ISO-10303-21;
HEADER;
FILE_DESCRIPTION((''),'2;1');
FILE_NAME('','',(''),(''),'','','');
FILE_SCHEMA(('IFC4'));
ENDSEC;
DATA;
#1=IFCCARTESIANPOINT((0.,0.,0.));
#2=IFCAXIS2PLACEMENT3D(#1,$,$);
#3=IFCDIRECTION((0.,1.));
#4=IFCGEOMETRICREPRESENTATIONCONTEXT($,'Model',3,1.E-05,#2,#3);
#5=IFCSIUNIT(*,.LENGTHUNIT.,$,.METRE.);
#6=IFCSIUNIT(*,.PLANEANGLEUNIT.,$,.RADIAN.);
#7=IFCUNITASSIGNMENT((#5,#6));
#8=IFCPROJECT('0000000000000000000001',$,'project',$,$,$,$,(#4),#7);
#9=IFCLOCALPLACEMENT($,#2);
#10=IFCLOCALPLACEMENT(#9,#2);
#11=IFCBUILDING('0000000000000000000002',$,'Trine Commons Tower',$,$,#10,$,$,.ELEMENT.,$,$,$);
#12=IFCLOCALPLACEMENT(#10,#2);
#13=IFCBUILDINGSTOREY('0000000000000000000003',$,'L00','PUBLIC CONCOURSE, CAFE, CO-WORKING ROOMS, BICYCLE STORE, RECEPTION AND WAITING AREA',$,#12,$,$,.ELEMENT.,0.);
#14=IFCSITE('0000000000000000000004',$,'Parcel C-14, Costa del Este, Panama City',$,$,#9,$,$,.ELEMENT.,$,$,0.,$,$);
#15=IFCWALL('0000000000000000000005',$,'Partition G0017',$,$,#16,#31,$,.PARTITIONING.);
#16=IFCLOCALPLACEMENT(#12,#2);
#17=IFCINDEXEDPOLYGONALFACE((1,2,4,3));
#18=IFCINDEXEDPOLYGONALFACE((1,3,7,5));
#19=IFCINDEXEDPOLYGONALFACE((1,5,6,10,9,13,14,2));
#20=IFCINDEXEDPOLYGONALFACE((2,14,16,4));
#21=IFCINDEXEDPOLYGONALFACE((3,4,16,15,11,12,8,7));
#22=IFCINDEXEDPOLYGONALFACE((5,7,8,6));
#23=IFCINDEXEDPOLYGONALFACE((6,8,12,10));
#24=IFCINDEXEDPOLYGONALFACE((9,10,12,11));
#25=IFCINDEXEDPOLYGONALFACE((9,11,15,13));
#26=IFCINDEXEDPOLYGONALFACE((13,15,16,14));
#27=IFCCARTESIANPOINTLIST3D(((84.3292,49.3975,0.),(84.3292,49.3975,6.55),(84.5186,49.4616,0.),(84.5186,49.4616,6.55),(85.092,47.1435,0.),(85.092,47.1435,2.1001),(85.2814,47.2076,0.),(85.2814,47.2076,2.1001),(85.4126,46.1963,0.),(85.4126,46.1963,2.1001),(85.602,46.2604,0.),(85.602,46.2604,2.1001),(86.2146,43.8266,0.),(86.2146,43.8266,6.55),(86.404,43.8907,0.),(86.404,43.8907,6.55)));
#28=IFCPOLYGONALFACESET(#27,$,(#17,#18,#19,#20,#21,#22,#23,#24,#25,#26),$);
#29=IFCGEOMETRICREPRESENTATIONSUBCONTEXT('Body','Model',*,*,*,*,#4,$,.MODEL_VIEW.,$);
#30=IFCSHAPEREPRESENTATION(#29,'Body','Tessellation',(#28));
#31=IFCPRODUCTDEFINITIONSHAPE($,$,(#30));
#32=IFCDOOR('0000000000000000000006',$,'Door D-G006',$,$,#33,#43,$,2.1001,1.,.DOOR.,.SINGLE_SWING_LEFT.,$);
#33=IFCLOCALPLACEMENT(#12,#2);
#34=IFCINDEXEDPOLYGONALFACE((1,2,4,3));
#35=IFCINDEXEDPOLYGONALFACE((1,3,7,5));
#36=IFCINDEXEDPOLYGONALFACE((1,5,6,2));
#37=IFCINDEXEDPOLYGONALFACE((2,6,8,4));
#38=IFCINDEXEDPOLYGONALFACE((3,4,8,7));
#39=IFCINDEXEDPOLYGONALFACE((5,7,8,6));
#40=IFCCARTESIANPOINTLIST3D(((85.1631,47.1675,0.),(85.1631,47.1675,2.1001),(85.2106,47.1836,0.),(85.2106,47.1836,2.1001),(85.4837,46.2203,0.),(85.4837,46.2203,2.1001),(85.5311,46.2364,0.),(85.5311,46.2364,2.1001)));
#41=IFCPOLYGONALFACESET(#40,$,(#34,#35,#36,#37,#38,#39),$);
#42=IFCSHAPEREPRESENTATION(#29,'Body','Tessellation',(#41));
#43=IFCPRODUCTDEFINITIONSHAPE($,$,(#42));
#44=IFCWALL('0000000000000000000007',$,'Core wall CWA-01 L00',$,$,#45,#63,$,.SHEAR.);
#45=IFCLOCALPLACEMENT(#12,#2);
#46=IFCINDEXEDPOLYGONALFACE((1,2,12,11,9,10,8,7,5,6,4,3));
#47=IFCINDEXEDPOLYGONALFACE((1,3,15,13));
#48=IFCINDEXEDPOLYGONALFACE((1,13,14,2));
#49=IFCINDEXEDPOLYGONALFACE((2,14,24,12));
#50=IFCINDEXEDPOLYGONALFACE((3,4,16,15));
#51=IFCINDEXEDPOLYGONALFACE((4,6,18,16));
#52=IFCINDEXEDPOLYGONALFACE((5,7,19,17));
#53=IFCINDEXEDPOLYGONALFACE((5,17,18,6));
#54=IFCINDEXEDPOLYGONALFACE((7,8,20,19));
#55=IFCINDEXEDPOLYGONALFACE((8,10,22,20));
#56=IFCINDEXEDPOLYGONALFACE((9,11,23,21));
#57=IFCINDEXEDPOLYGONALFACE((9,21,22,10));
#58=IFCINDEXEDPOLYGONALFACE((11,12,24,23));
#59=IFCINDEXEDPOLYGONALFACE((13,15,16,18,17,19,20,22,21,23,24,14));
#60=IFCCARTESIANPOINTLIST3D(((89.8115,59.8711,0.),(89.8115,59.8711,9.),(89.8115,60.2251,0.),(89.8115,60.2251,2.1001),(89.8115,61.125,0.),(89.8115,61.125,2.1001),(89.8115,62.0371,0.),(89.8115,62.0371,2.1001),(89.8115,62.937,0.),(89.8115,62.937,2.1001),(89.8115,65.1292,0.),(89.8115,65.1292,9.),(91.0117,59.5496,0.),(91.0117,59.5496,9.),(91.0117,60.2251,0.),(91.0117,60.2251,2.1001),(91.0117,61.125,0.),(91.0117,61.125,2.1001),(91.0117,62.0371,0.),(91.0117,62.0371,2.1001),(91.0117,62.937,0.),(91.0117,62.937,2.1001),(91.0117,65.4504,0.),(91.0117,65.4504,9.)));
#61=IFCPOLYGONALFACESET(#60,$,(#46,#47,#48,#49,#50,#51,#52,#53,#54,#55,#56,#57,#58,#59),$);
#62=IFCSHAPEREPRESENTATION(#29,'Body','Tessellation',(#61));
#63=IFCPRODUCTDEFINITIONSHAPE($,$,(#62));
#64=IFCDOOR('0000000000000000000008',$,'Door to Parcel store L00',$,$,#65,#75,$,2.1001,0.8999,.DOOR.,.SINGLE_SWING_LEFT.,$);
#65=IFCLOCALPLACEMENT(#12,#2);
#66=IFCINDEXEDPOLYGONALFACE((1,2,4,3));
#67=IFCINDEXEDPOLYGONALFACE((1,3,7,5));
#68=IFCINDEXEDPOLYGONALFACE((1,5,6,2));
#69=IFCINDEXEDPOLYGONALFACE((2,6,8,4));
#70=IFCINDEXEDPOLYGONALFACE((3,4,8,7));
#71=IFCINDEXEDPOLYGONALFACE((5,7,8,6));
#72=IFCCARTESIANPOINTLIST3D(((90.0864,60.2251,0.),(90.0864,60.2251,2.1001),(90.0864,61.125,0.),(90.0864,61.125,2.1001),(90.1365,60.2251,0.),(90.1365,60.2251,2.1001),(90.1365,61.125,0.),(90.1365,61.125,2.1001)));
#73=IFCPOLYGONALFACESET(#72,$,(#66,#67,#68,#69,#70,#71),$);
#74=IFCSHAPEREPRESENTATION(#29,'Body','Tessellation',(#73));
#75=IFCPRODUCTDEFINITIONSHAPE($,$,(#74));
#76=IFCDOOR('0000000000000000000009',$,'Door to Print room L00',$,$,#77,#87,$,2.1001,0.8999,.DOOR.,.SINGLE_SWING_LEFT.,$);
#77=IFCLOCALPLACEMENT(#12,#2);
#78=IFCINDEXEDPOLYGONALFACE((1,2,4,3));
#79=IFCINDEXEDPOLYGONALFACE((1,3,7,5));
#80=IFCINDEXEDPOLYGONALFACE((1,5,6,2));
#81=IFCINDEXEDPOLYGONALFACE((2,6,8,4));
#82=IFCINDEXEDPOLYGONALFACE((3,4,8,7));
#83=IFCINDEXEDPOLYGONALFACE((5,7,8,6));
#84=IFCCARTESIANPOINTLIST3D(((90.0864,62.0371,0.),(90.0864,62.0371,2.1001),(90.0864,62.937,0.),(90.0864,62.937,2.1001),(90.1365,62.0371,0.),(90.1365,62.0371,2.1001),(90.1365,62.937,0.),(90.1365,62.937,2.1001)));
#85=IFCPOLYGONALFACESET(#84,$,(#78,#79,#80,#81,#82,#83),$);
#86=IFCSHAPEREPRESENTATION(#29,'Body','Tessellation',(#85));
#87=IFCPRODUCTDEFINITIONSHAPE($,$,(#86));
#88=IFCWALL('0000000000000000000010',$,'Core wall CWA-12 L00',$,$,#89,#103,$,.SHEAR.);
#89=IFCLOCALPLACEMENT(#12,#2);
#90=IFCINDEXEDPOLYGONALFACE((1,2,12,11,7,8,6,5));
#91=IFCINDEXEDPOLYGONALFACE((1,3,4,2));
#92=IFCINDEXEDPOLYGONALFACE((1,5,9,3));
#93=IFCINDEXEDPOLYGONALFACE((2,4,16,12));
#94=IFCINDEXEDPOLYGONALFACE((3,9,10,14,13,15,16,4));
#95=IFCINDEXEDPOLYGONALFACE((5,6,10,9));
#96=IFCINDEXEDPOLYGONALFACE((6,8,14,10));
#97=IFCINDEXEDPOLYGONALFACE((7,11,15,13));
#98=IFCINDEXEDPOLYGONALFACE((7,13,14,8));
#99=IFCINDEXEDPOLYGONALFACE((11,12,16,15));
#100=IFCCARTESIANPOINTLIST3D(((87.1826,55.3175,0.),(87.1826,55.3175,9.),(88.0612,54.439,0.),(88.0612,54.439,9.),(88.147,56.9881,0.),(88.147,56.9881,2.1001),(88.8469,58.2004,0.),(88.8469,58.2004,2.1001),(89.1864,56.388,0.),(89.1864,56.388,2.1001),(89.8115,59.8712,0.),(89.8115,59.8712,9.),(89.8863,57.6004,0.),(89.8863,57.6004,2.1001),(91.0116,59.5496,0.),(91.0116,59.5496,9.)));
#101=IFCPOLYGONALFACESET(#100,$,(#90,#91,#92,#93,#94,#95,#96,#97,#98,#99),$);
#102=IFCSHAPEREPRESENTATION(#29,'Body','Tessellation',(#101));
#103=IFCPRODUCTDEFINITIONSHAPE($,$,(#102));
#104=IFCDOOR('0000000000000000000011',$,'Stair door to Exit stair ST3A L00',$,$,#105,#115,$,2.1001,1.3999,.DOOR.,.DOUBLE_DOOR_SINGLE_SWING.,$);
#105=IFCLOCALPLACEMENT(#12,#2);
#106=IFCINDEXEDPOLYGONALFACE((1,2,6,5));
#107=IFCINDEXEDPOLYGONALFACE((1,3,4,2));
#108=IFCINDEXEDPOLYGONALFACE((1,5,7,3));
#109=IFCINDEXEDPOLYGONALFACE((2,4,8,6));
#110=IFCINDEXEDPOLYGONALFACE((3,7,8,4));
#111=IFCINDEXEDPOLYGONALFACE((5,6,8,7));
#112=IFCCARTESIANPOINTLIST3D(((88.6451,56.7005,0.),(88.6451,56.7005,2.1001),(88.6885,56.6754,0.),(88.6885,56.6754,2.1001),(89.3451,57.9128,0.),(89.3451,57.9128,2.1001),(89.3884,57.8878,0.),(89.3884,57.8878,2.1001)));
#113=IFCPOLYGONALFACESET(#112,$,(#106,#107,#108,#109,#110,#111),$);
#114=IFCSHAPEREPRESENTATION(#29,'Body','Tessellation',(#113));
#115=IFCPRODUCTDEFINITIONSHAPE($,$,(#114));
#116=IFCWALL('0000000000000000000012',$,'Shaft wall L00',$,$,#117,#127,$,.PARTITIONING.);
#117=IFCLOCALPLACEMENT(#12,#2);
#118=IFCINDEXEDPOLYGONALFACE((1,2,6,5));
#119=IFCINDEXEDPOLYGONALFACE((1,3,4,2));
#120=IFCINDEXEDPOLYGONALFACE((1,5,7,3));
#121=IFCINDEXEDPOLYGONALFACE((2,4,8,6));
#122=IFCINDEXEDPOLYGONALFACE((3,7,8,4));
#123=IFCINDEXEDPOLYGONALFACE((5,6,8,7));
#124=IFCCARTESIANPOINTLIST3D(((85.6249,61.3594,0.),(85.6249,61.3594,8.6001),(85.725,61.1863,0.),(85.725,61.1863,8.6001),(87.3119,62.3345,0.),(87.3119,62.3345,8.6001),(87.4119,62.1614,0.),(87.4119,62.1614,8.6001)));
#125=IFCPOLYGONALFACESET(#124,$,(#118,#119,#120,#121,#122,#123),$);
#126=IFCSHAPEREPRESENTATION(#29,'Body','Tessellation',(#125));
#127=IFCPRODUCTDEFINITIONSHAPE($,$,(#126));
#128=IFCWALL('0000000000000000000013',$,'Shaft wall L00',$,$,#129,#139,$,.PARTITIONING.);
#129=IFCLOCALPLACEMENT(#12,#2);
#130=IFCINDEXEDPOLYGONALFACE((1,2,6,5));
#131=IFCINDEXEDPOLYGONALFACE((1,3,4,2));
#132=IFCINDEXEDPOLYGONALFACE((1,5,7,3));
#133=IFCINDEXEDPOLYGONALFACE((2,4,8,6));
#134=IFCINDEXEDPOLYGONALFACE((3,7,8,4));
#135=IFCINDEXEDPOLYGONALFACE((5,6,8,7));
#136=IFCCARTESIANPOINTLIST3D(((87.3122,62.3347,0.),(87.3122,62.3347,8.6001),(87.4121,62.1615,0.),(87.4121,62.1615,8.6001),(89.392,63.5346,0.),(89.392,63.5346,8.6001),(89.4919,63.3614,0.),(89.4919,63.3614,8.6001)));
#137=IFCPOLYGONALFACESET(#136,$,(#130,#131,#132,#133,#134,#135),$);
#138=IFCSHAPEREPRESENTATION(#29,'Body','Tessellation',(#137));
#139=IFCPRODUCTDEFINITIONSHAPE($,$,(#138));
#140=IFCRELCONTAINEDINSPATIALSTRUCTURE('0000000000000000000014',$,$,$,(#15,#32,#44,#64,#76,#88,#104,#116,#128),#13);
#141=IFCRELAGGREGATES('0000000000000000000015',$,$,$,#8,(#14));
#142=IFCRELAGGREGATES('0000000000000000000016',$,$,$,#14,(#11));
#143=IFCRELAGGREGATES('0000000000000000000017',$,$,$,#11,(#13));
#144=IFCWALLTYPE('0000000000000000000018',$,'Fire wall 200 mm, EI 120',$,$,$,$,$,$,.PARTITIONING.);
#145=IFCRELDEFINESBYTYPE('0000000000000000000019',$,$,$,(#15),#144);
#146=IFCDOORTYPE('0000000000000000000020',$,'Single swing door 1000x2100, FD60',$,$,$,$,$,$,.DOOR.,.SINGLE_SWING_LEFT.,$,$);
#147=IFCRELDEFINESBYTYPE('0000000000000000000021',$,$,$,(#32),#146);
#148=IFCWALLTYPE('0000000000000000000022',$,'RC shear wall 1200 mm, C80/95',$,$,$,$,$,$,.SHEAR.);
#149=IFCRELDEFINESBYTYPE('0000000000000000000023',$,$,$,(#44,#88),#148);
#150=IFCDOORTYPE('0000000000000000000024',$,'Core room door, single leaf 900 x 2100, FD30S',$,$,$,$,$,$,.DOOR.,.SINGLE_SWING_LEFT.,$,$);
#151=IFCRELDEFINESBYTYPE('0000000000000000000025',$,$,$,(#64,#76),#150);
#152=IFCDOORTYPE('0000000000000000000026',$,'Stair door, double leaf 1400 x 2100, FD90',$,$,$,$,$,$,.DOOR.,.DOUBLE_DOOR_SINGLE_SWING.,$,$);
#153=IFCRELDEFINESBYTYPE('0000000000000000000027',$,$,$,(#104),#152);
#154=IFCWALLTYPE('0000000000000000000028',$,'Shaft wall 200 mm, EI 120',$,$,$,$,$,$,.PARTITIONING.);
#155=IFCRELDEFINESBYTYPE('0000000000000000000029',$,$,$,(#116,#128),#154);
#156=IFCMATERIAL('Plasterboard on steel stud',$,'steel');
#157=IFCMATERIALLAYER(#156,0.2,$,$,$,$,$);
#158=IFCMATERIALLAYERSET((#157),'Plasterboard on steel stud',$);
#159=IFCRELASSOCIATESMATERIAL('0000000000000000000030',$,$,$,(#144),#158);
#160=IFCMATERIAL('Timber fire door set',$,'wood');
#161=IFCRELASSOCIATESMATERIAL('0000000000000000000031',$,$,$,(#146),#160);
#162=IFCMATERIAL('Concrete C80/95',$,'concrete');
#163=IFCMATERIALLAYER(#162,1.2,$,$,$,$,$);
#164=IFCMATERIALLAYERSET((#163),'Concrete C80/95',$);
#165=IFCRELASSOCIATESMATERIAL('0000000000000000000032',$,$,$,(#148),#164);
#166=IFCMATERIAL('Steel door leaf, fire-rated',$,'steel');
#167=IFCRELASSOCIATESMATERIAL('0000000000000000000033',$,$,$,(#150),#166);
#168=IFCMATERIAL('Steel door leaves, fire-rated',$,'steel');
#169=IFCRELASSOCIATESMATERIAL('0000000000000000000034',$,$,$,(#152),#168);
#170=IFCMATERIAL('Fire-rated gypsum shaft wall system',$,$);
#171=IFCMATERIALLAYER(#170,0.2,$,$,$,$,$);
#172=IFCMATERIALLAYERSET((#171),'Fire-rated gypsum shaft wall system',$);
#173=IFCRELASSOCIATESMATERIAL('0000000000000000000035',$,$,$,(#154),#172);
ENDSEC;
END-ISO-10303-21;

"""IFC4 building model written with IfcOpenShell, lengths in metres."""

from ifc_helpers import new_model, si_unit, direction, frame, frame_2d, origin, place, context, subcontext, project, spatial, polyline, rectangle, outline, extrude, material, layer, layer_set, type_object, element, fill, save


model = new_model("IFC4")

# Units and contexts
model_context = context("Model", 3, precision=1e-05, world=origin(), true_north=direction((0.0, 1.0)))
body_context = subcontext(model_context, "Body", "Model", "MODEL_VIEW")
ifc_project = project(units=[si_unit("LENGTHUNIT", "METRE"), si_unit("PLANEANGLEUNIT", "RADIAN")], contexts=[model_context])

# Site, building, storey
site_placement = place(None, origin())
site = spatial("IfcSite", under=ifc_project, at=site_placement, Name="Parcel C-14, Costa del Este, Panama City", CompositionType="ELEMENT", RefElevation=0.0)
building_placement = place(site_placement, origin())
building = spatial("IfcBuilding", under=site, at=building_placement, Name="Trine Commons Tower", CompositionType="ELEMENT")
storey_placement = place(building_placement, origin())
storey = spatial("IfcBuildingStorey", under=building, at=storey_placement, Name="L00", Description="PUBLIC CONCOURSE, CAFE, CO-WORKING ROOMS, BICYCLE STORE, RECEPTION AND WAITING AREA", CompositionType="ELEMENT", Elevation=0.0)

# Shared definitions
ifc_material_1 = material(Name="Concrete C80/95", Category="concrete")

# Wall, opening, door
ifc_material_2 = material(Name="Plasterboard on steel stud", Category="steel")
ifc_layer_1 = layer(ifc_material_2, 0.2)
ifc_layer_set_1 = layer_set([ifc_layer_1], Name="Plasterboard on steel stud")
wall_type_1 = type_object("IfcWallType", Name="Fire wall 200 mm, EI 120", PredefinedType="PARTITIONING", material=ifc_layer_set_1)
wall_1_placement = place(storey_placement, frame((86.3093, 43.8586, 0.0), z_axis=(0.0, 0.0, 1.0), x_axis=(-0.320583, 0.94722, 0.0)))
wall_1 = element("IfcWall", 1, at=wall_1_placement, inside=storey, type_object=wall_type_1, Name="Partition G0017", PredefinedType="PARTITIONING", context=body_context, shape_type="SweptSolid", body=[
    extrude(rectangle(XDim=5.8813, YDim=0.2, at=frame_2d((2.9407, 0.0))), origin(), (0.0, 0.0, 1.0), 6.55),
])
opening_1_placement = place(wall_1_placement, frame((2.5017, 0.0, 0.0)))
opening_1 = element("IfcOpeningElement", 2, at=opening_1_placement, cuts=wall_1, PredefinedType="OPENING", context=body_context, shape_type="SweptSolid", body=[
    extrude(rectangle(XDim=1.0, YDim=2.1001, at=frame_2d((0.5, 1.05))), frame((0.0, 0.1099, 0.0), z_axis=(0.0, -1.0, 0.0), x_axis=(1.0, 0.0, 0.0)), (0.0, 0.0, 1.0), 0.22),
])
ifc_material_3 = material(Name="Timber fire door set", Category="wood")
door_type_1 = type_object("IfcDoorType", Name="Single swing door 1000x2100, FD60", OperationType="SINGLE_SWING_LEFT", PredefinedType="DOOR", material=ifc_material_3)
door_1_placement = place(opening_1_placement, origin())
door_1 = element("IfcDoor", 3, at=door_1_placement, inside=storey, type_object=door_type_1, Name="Door D-G006", OperationType="SINGLE_SWING_LEFT", OverallHeight=2.1001, OverallWidth=1.0, PredefinedType="DOOR", context=body_context, shape_type="SweptSolid", body=[
    extrude(rectangle(XDim=1.0, YDim=2.1001, at=frame_2d((0.5, 1.05))), frame((0.0, 0.0249, 0.0), z_axis=(0.0, -1.0, 0.0), x_axis=(1.0, 0.0, 0.0)), (0.0, 0.0, 1.0), 0.05),
])
fill(opening_1, door_1)

# Wall, openings, doors
ifc_layer_2 = layer(ifc_material_1, 1.2)
ifc_layer_set_2 = layer_set([ifc_layer_2], Name="Concrete C80/95")
wall_type_2 = type_object("IfcWallType", Name="RC shear wall 1200 mm, C80/95", PredefinedType="SHEAR", material=ifc_layer_set_2)
wall_2_placement = place(storey_placement, frame((90.4116, 59.5496, 0.0), z_axis=(0.0, 0.0, 1.0), x_axis=(0.0, 1.0, 0.0)))
wall_2 = element("IfcWall", 4, at=wall_2_placement, inside=storey, type_object=wall_type_2, Name="Core wall CWA-01 L00", PredefinedType="SHEAR", context=body_context, shape_type="SweptSolid", body=[
    extrude(outline(polyline([(0.0, -0.6001), (5.9009, -0.6001), (5.5796, 0.6001), (0.3215, 0.6001), (0.0, -0.6001)])), origin(), (0.0, 0.0, 1.0), 9.0),
])
opening_2_placement = place(wall_2_placement, frame((0.6755, 0.0, 0.0)))
opening_2 = element("IfcOpeningElement", 5, at=opening_2_placement, cuts=wall_2, PredefinedType="OPENING", context=body_context, shape_type="SweptSolid", body=[
    extrude(rectangle(XDim=0.8999, YDim=2.1001, at=frame_2d((0.45, 1.05))), frame((0.0, 0.6099, 0.0), z_axis=(0.0, -1.0, 0.0), x_axis=(1.0, 0.0, 0.0)), (0.0, 0.0, 1.0), 1.22),
])
opening_3_placement = place(wall_2_placement, frame((2.4875, 0.0, 0.0)))
opening_3 = element("IfcOpeningElement", 6, at=opening_3_placement, cuts=wall_2, PredefinedType="OPENING", context=body_context, shape_type="SweptSolid", body=[
    extrude(rectangle(XDim=0.8999, YDim=2.1001, at=frame_2d((0.45, 1.05))), frame((0.0, 0.6099, 0.0), z_axis=(0.0, -1.0, 0.0), x_axis=(1.0, 0.0, 0.0)), (0.0, 0.0, 1.0), 1.22),
])
ifc_material_4 = material(Name="Steel door leaf, fire-rated", Category="steel")
door_type_2 = type_object("IfcDoorType", Name="Core room door, single leaf 900 x 2100, FD30S", OperationType="SINGLE_SWING_LEFT", PredefinedType="DOOR", material=ifc_material_4)
door_2_placement = place(opening_2_placement, origin())
door_2 = element("IfcDoor", 7, at=door_2_placement, inside=storey, type_object=door_type_2, Name="Door to Parcel store L00", OperationType="SINGLE_SWING_LEFT", OverallHeight=2.1001, OverallWidth=0.8999, PredefinedType="DOOR", context=body_context, shape_type="SweptSolid", body=[
    extrude(rectangle(XDim=0.8999, YDim=2.1001, at=frame_2d((0.45, 1.05))), frame((0.0, 0.3252, 0.0), z_axis=(0.0, -1.0, 0.0), x_axis=(1.0, 0.0, 0.0)), (0.0, 0.0, 1.0), 0.05),
])
fill(opening_2, door_2)
door_3_placement = place(opening_3_placement, origin())
door_3 = element("IfcDoor", 8, at=door_3_placement, inside=storey, type_object=door_type_2, Name="Door to Print room L00", OperationType="SINGLE_SWING_LEFT", OverallHeight=2.1001, OverallWidth=0.8999, PredefinedType="DOOR", context=body_context, shape_type="SweptSolid", body=[
    extrude(rectangle(XDim=0.8999, YDim=2.1001, at=frame_2d((0.45, 1.05))), frame((0.0, 0.3252, 0.0), z_axis=(0.0, -1.0, 0.0), x_axis=(1.0, 0.0, 0.0)), (0.0, 0.0, 1.0), 0.05),
])
fill(opening_3, door_3)

# Wall, opening, door
wall_3_placement = place(storey_placement, frame((87.5415, 54.739, 0.0), z_axis=(0.0, 0.0, 1.0), x_axis=(0.499979, 0.866037, 0.0)))
wall_3 = element("IfcWall", 9, at=wall_3_placement, inside=storey, type_object=wall_type_2, Name="Core wall CWA-12 L00", PredefinedType="SHEAR", context=body_context, shape_type="SweptSolid", body=[
    extrude(outline(polyline([(0.0, -0.6001), (5.9011, -0.6001), (5.5796, 0.6001), (0.3215, 0.6001), (0.0, -0.6001)])), origin(), (0.0, 0.0, 1.0), 9.0),
])
opening_4_placement = place(wall_3_placement, frame((2.2505, 0.0, 0.0)))
opening_4 = element("IfcOpeningElement", 10, at=opening_4_placement, cuts=wall_3, PredefinedType="OPENING", context=body_context, shape_type="SweptSolid", body=[
    extrude(rectangle(XDim=1.3999, YDim=2.1001, at=frame_2d((0.7, 1.05))), frame((0.0, 0.6099, 0.0), z_axis=(0.0, -1.0, 0.0), x_axis=(1.0, 0.0, 0.0)), (0.0, 0.0, 1.0), 1.22),
])
ifc_material_5 = material(Name="Steel door leaves, fire-rated", Category="steel")
door_type_3 = type_object("IfcDoorType", Name="Stair door, double leaf 1400 x 2100, FD90", OperationType="DOUBLE_DOOR_SINGLE_SWING", PredefinedType="DOOR", material=ifc_material_5)
door_4_placement = place(opening_4_placement, origin())
door_4 = element("IfcDoor", 11, at=door_4_placement, inside=storey, type_object=door_type_3, Name="Stair door to Exit stair ST3A L00", OperationType="DOUBLE_DOOR_SINGLE_SWING", OverallHeight=2.1001, OverallWidth=1.3999, PredefinedType="DOOR", context=body_context, shape_type="SweptSolid", body=[
    extrude(rectangle(XDim=1.3999, YDim=2.1001, at=frame_2d((0.7, 1.05))), frame((0.0, 0.0249, 0.0), z_axis=(0.0, -1.0, 0.0), x_axis=(1.0, 0.0, 0.0)), (0.0, 0.0, 1.0), 0.05),
])
fill(opening_4, door_4)

# Walls
ifc_material_6 = material(Name="Fire-rated gypsum shaft wall system")
ifc_layer_3 = layer(ifc_material_6, 0.2)
ifc_layer_set_3 = layer_set([ifc_layer_3], Name="Fire-rated gypsum shaft wall system")
wall_type_3 = type_object("IfcWallType", Name="Shaft wall 200 mm, EI 120", PredefinedType="PARTITIONING", material=ifc_layer_set_3)
wall_4_placement = place(storey_placement, frame((85.675, 61.2729, 0.0), z_axis=(0.0, 0.0, 1.0), x_axis=(0.865781, 0.500424, 0.0)))
element("IfcWall", 12, at=wall_4_placement, inside=storey, type_object=wall_type_3, Name="Shaft wall L00", PredefinedType="PARTITIONING", context=body_context, shape_type="SweptSolid", body=[
    extrude(rectangle(XDim=1.9485, YDim=0.2, at=frame_2d((0.9741, 0.0))), origin(), (0.0, 0.0, 1.0), 8.6001),
])
wall_5_placement = place(storey_placement, frame((87.3621, 62.248, 0.0), z_axis=(0.0, 0.0, 1.0), x_axis=(0.866177, 0.499737, 0.0)))
element("IfcWall", 13, at=wall_5_placement, inside=storey, type_object=wall_type_3, Name="Shaft wall L00", PredefinedType="PARTITIONING", context=body_context, shape_type="SweptSolid", body=[
    extrude(rectangle(XDim=2.4011, YDim=0.2, at=frame_2d((1.2007, 0.0))), origin(), (0.0, 0.0, 1.0), 8.6001),
])

save(model, "model.ifc")
